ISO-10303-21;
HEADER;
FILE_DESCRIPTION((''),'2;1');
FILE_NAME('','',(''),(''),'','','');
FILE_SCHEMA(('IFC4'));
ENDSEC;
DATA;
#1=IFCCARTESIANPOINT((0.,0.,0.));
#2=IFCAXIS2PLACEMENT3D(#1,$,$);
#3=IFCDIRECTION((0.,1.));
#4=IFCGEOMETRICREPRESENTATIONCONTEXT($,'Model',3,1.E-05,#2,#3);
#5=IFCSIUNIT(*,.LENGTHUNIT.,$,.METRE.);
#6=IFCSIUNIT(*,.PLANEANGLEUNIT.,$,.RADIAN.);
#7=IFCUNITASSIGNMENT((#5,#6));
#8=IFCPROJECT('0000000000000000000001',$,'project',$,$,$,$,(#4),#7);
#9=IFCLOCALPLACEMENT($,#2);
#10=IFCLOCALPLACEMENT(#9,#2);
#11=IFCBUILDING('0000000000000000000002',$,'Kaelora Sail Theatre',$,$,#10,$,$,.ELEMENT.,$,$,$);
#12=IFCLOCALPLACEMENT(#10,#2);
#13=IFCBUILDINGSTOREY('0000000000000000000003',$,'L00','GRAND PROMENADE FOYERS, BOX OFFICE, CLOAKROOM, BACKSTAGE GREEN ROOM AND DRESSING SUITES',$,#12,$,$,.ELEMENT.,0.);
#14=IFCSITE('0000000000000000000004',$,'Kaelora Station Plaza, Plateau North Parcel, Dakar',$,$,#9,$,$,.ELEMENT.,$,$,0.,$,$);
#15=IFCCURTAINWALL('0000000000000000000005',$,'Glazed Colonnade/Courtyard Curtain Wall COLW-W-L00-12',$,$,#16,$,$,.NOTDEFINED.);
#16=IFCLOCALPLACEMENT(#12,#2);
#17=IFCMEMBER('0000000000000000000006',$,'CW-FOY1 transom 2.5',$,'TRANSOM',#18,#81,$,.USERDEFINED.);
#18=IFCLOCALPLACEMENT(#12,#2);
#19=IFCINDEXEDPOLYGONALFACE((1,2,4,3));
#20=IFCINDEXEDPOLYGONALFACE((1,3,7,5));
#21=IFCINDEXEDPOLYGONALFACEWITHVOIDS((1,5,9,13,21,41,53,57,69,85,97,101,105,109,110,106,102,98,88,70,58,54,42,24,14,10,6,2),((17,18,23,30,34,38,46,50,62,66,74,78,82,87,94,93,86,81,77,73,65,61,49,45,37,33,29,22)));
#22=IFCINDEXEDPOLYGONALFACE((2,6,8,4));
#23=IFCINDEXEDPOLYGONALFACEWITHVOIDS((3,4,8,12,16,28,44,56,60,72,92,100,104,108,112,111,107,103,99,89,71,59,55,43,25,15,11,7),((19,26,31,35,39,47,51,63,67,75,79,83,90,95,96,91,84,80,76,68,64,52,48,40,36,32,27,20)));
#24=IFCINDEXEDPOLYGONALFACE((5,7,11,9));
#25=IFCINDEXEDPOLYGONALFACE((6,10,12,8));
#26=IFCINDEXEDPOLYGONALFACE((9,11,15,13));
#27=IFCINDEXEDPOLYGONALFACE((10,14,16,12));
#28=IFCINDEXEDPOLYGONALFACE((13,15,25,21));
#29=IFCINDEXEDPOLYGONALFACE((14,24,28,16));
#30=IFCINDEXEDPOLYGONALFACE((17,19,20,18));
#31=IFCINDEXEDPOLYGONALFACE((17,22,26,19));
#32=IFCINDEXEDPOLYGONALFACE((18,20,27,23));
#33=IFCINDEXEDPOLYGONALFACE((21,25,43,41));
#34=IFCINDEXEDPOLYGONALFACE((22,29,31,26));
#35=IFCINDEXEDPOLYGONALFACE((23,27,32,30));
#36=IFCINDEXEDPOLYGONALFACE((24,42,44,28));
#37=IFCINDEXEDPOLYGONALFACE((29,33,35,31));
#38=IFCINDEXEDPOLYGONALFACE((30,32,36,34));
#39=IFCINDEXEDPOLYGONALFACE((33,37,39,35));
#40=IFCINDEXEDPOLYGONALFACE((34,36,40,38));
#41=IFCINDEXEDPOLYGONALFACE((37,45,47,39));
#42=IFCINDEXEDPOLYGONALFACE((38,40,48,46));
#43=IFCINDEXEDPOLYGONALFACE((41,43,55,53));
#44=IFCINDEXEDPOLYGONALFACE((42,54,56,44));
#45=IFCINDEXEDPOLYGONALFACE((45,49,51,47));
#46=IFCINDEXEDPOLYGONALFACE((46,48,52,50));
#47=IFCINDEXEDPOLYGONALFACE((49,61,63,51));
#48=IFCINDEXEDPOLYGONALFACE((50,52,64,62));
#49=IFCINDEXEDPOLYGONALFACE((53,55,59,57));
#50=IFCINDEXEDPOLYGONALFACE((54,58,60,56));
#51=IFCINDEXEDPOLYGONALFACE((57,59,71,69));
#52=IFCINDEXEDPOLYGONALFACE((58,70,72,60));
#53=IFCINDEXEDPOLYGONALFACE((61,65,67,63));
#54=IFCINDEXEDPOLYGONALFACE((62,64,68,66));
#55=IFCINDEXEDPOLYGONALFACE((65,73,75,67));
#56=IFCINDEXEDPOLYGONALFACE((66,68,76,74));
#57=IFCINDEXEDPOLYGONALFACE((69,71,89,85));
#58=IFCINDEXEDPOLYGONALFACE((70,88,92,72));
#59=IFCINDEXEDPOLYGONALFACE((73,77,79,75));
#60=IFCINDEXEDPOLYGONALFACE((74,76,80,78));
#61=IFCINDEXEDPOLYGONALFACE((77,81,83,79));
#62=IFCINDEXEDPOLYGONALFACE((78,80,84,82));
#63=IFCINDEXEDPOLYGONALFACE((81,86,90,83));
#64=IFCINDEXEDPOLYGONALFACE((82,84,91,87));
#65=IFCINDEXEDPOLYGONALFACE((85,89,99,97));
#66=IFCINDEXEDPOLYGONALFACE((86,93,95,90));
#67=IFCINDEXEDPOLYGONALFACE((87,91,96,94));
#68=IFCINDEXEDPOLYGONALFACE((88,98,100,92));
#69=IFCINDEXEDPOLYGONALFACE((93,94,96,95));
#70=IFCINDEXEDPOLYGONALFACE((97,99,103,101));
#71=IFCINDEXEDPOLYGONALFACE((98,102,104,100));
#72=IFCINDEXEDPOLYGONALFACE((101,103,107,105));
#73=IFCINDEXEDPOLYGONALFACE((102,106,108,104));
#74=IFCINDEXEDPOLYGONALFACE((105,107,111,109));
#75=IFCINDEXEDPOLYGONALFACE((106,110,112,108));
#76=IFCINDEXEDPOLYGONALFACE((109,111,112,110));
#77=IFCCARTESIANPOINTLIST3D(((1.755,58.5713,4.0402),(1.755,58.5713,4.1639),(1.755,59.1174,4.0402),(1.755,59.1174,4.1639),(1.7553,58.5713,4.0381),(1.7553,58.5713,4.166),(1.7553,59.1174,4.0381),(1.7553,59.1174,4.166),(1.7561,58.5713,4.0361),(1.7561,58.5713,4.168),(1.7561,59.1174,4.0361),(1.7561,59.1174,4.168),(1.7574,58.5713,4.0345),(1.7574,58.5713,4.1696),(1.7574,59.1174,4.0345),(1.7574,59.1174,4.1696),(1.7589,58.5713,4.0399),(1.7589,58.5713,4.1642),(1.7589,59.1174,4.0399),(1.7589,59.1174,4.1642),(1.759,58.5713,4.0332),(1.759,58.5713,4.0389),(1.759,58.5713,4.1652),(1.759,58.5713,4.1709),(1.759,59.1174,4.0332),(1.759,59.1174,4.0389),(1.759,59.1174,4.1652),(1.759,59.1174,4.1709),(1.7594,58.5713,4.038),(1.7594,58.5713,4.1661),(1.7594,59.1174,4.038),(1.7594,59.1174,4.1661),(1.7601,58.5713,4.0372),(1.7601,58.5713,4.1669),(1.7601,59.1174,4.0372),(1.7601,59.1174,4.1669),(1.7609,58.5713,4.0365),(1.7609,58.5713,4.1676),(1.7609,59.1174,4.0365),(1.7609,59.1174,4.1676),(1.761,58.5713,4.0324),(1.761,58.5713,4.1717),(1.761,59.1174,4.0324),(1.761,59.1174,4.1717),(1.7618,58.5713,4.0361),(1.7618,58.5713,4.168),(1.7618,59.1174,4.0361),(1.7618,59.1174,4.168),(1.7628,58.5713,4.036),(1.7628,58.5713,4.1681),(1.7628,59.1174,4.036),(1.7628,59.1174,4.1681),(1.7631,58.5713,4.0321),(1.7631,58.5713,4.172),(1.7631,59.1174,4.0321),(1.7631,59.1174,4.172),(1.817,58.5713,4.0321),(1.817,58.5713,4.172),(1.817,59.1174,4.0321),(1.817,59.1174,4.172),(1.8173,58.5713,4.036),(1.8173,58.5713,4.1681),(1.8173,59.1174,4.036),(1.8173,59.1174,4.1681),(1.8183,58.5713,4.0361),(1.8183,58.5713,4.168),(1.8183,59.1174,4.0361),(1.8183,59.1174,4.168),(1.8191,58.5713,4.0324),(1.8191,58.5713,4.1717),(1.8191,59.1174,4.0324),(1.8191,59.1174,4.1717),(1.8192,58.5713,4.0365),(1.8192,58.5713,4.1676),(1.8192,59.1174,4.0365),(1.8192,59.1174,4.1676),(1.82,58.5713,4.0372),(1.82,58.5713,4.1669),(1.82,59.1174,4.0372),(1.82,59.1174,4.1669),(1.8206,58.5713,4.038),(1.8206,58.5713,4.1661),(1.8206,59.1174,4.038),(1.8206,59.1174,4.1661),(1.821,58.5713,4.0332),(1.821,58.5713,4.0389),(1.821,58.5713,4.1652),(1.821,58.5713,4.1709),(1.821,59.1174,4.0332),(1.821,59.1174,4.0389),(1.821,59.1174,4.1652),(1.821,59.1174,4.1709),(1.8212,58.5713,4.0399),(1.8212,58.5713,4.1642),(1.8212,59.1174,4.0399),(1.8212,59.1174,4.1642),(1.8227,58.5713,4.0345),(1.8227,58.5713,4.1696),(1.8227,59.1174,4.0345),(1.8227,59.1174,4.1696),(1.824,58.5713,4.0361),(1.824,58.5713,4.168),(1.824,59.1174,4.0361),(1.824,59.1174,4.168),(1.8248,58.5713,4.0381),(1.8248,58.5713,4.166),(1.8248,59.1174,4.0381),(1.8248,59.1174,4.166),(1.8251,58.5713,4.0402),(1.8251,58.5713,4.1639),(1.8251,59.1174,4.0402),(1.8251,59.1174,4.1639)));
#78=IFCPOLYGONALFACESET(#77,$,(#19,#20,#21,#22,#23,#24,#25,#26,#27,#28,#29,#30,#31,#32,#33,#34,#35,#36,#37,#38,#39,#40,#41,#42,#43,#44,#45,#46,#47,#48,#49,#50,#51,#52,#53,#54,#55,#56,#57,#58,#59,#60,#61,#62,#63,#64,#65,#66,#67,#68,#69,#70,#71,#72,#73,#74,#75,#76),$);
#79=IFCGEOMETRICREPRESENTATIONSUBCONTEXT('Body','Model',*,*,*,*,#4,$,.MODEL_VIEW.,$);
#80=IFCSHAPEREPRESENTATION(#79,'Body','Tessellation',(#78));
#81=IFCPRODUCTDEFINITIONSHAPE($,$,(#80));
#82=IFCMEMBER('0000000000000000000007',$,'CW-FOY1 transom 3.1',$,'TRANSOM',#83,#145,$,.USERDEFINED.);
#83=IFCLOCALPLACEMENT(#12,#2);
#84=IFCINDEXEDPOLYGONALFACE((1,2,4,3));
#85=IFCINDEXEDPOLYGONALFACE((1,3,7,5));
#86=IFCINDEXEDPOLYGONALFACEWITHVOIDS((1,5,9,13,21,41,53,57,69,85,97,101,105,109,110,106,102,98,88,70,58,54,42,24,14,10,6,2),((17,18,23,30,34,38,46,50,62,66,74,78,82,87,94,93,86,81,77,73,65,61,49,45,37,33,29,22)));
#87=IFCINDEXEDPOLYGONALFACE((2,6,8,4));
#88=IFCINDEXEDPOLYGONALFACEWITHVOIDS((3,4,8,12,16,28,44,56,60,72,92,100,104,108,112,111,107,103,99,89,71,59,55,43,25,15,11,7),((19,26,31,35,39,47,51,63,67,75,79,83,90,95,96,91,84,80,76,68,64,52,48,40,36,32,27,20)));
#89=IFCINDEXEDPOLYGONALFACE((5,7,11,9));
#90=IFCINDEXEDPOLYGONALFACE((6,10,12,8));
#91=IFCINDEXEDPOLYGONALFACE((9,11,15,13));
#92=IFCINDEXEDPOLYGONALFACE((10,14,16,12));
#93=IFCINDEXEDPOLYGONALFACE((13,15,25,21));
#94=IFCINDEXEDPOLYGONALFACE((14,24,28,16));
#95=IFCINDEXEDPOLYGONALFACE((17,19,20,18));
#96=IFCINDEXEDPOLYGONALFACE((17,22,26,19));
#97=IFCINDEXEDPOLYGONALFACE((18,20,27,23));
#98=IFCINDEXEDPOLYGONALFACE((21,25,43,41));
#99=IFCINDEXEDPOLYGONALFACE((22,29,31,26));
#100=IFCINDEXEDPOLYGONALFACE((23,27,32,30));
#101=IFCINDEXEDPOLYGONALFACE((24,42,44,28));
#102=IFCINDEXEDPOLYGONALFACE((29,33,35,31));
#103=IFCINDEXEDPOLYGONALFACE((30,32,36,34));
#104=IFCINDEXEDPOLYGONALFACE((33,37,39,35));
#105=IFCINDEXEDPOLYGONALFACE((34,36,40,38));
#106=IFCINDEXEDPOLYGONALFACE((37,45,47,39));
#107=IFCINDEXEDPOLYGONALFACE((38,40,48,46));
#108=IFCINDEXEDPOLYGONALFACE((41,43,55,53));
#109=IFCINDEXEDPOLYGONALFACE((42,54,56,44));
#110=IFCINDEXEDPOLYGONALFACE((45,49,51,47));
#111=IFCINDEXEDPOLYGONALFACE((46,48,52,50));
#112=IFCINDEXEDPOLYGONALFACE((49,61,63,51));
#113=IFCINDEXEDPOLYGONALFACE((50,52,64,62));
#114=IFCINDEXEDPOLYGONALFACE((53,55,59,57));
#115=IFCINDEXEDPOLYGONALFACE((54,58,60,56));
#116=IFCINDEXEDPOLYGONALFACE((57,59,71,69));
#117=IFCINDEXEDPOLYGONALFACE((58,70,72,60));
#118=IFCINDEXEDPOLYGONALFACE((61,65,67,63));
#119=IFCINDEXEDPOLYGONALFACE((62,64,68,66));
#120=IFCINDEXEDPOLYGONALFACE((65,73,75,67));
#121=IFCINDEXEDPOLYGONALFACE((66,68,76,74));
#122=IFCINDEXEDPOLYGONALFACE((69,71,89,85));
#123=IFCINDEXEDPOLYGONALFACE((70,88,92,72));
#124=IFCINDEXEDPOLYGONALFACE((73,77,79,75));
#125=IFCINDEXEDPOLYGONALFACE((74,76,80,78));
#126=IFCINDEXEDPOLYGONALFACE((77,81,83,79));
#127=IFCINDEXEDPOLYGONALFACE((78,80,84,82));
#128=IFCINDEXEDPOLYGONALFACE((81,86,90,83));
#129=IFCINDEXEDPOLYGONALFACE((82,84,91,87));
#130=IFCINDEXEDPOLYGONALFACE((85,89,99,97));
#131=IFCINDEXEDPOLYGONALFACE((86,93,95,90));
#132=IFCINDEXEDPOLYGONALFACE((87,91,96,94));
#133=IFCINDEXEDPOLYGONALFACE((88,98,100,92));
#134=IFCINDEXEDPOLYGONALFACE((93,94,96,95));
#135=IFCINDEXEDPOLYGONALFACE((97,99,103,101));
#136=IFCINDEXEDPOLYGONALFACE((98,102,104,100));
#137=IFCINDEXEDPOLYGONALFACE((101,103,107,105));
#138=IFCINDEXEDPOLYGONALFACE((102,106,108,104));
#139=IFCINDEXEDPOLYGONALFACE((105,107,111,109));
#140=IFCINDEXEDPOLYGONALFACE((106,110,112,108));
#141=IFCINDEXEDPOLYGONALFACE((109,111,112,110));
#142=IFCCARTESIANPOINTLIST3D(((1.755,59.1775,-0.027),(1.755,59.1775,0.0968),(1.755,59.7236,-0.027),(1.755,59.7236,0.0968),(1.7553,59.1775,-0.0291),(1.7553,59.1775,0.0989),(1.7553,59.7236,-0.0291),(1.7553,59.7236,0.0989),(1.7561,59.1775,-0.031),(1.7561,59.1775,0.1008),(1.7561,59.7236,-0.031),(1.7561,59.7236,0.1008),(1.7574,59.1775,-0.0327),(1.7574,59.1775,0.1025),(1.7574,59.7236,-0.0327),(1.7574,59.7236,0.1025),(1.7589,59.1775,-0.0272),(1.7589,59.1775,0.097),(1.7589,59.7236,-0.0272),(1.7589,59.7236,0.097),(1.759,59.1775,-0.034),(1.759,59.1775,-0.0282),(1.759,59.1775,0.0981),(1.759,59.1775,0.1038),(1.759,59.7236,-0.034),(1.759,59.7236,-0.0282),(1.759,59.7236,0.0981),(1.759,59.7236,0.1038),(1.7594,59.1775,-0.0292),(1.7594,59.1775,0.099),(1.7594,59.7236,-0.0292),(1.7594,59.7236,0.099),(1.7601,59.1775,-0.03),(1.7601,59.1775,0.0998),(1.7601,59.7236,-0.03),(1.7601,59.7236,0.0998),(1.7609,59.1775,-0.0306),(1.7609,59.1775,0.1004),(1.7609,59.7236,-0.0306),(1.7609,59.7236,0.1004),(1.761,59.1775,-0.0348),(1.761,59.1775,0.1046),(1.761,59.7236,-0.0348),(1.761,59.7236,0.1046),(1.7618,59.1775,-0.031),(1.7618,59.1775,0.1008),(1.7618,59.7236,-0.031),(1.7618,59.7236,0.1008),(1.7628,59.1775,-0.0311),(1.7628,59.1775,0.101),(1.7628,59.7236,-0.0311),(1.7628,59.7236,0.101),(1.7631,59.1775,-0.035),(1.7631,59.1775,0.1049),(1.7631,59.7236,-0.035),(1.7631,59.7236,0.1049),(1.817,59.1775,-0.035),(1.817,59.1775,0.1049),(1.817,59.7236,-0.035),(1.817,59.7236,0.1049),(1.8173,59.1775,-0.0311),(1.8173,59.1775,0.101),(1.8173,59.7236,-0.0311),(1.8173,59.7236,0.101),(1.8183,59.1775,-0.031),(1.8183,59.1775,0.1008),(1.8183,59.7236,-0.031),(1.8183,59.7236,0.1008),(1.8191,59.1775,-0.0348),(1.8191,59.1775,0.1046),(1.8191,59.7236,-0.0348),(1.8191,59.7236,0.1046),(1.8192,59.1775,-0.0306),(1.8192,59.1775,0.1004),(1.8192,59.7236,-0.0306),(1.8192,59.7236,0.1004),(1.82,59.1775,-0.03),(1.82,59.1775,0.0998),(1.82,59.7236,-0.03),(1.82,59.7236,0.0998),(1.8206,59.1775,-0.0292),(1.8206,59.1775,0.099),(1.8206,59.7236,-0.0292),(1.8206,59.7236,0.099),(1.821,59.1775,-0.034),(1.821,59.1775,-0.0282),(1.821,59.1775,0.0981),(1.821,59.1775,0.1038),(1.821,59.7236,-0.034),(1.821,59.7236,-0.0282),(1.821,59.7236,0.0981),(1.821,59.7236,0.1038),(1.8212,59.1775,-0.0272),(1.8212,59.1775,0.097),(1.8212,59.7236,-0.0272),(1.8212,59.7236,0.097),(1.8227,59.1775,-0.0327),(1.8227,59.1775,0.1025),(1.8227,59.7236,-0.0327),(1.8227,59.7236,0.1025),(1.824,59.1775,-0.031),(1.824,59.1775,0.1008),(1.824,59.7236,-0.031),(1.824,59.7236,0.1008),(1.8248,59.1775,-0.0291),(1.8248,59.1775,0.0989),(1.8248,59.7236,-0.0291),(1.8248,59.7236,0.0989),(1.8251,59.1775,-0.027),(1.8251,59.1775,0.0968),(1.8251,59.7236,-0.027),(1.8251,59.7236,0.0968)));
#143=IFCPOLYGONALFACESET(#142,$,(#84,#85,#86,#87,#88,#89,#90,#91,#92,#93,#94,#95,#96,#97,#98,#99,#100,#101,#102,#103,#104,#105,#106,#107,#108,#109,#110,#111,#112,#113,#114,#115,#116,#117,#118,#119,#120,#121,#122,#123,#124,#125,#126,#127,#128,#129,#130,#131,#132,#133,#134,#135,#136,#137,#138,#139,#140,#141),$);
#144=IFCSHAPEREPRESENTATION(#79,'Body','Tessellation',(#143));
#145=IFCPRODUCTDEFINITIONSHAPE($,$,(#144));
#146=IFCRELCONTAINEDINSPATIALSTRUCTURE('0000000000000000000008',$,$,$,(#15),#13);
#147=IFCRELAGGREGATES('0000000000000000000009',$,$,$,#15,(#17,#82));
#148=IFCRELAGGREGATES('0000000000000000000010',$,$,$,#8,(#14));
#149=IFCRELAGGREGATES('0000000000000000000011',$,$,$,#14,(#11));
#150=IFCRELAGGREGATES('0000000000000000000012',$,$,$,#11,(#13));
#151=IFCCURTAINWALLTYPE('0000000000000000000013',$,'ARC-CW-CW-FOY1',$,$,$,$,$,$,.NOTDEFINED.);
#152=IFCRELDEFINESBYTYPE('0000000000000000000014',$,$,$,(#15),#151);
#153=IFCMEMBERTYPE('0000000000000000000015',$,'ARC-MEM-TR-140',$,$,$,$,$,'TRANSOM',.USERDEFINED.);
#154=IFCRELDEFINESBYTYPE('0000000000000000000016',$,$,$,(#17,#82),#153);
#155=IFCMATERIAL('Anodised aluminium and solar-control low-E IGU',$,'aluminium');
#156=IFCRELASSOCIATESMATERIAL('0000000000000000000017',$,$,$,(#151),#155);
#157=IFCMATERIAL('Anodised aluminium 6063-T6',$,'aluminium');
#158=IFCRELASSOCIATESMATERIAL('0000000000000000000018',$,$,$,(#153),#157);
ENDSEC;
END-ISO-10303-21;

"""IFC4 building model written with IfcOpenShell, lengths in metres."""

from ifc_helpers import new_model, si_unit, direction, frame, origin, origin_2d, place, context, subcontext, project, spatial, hollow_rectangle, extrude, material, material_profile, profile_set, type_object, element, aggregate, save


model = new_model("IFC4")

# Units and contexts
model_context = context("Model", 3, precision=1e-05, world=origin(), true_north=direction((0.0, 1.0)))
body_context = subcontext(model_context, "Body", "Model", "MODEL_VIEW")
ifc_project = project(units=[si_unit("LENGTHUNIT", "METRE"), si_unit("PLANEANGLEUNIT", "RADIAN")], contexts=[model_context])

# Site, building, storey
site_placement = place(None, origin())
site = spatial("IfcSite", under=ifc_project, at=site_placement, Name="Kaelora Station Plaza, Plateau North Parcel, Dakar", CompositionType="ELEMENT", RefElevation=0.0)
building_placement = place(site_placement, origin())
building = spatial("IfcBuilding", under=site, at=building_placement, Name="Kaelora Sail Theatre", CompositionType="ELEMENT")
storey_placement = place(building_placement, origin())
storey = spatial("IfcBuildingStorey", under=building, at=storey_placement, Name="L00", Description="GRAND PROMENADE FOYERS, BOX OFFICE, CLOAKROOM, BACKSTAGE GREEN ROOM AND DRESSING SUITES", CompositionType="ELEMENT", Elevation=0.0)

# Curtain wall, members
ifc_material_1 = material(Name="Anodised aluminium and solar-control low-E IGU", Category="aluminium")
curtain_wall_type = type_object("IfcCurtainWallType", Name="ARC-CW-CW-FOY1", PredefinedType="NOTDEFINED", material=ifc_material_1)
curtain_wall_placement = place(storey_placement, origin())
curtain_wall = element("IfcCurtainWall", 1, at=curtain_wall_placement, inside=storey, type_object=curtain_wall_type, Name="Glazed Colonnade/Courtyard Curtain Wall COLW-W-L00-12", PredefinedType="NOTDEFINED")
ifc_material_2 = material(Name="Anodised aluminium 6063-T6", Category="aluminium")
ifc_material_profile_1 = material_profile(ifc_material_2, hollow_rectangle(XDim=0.0701, YDim=0.1399, WallThickness=0.0039, InnerFilletRadius=0.0039, OuterFilletRadius=0.0081, at=origin_2d()), Name="ALU-TRAN 70x140x4")
ifc_profile_set_1 = profile_set([ifc_material_profile_1], Name="Anodised aluminium 6063-T6")
member_type_1 = type_object("IfcMemberType", Name="ARC-MEM-TR-140", ElementType="TRANSOM", PredefinedType="USERDEFINED", material=ifc_profile_set_1)
member_1_placement = place(storey_placement, frame((1.79, 58.5713, 4.1021), z_axis=(0.0, 1.0, 0.0), x_axis=(-1.0, 0.0, 0.0)))
member_1 = element("IfcMember", 2, at=member_1_placement, type_object=member_type_1, Name="CW-FOY1 transom 2.5", ObjectType="TRANSOM", PredefinedType="USERDEFINED", context=body_context, shape_type="SweptSolid", body=[
    extrude(hollow_rectangle(XDim=0.0701, YDim=0.1399, WallThickness=0.0039, InnerFilletRadius=0.0039, OuterFilletRadius=0.0081, at=origin_2d()), origin(), (0.0, 0.0, 1.0), 0.5461),
])
member_2_placement = place(storey_placement, frame((1.79, 59.1775, 0.0349), z_axis=(0.0, 1.0, 0.0), x_axis=(-1.0, 0.0, 0.0)))
member_2 = element("IfcMember", 3, at=member_2_placement, type_object=member_type_1, Name="CW-FOY1 transom 3.1", ObjectType="TRANSOM", PredefinedType="USERDEFINED", context=body_context, shape_type="SweptSolid", body=[
    extrude(hollow_rectangle(XDim=0.0701, YDim=0.1399, WallThickness=0.0039, InnerFilletRadius=0.0039, OuterFilletRadius=0.0081, at=origin_2d()), origin(), (0.0, 0.0, 1.0), 0.5461),
])
aggregate(curtain_wall, [member_1, member_2])

save(model, "model.ifc")
